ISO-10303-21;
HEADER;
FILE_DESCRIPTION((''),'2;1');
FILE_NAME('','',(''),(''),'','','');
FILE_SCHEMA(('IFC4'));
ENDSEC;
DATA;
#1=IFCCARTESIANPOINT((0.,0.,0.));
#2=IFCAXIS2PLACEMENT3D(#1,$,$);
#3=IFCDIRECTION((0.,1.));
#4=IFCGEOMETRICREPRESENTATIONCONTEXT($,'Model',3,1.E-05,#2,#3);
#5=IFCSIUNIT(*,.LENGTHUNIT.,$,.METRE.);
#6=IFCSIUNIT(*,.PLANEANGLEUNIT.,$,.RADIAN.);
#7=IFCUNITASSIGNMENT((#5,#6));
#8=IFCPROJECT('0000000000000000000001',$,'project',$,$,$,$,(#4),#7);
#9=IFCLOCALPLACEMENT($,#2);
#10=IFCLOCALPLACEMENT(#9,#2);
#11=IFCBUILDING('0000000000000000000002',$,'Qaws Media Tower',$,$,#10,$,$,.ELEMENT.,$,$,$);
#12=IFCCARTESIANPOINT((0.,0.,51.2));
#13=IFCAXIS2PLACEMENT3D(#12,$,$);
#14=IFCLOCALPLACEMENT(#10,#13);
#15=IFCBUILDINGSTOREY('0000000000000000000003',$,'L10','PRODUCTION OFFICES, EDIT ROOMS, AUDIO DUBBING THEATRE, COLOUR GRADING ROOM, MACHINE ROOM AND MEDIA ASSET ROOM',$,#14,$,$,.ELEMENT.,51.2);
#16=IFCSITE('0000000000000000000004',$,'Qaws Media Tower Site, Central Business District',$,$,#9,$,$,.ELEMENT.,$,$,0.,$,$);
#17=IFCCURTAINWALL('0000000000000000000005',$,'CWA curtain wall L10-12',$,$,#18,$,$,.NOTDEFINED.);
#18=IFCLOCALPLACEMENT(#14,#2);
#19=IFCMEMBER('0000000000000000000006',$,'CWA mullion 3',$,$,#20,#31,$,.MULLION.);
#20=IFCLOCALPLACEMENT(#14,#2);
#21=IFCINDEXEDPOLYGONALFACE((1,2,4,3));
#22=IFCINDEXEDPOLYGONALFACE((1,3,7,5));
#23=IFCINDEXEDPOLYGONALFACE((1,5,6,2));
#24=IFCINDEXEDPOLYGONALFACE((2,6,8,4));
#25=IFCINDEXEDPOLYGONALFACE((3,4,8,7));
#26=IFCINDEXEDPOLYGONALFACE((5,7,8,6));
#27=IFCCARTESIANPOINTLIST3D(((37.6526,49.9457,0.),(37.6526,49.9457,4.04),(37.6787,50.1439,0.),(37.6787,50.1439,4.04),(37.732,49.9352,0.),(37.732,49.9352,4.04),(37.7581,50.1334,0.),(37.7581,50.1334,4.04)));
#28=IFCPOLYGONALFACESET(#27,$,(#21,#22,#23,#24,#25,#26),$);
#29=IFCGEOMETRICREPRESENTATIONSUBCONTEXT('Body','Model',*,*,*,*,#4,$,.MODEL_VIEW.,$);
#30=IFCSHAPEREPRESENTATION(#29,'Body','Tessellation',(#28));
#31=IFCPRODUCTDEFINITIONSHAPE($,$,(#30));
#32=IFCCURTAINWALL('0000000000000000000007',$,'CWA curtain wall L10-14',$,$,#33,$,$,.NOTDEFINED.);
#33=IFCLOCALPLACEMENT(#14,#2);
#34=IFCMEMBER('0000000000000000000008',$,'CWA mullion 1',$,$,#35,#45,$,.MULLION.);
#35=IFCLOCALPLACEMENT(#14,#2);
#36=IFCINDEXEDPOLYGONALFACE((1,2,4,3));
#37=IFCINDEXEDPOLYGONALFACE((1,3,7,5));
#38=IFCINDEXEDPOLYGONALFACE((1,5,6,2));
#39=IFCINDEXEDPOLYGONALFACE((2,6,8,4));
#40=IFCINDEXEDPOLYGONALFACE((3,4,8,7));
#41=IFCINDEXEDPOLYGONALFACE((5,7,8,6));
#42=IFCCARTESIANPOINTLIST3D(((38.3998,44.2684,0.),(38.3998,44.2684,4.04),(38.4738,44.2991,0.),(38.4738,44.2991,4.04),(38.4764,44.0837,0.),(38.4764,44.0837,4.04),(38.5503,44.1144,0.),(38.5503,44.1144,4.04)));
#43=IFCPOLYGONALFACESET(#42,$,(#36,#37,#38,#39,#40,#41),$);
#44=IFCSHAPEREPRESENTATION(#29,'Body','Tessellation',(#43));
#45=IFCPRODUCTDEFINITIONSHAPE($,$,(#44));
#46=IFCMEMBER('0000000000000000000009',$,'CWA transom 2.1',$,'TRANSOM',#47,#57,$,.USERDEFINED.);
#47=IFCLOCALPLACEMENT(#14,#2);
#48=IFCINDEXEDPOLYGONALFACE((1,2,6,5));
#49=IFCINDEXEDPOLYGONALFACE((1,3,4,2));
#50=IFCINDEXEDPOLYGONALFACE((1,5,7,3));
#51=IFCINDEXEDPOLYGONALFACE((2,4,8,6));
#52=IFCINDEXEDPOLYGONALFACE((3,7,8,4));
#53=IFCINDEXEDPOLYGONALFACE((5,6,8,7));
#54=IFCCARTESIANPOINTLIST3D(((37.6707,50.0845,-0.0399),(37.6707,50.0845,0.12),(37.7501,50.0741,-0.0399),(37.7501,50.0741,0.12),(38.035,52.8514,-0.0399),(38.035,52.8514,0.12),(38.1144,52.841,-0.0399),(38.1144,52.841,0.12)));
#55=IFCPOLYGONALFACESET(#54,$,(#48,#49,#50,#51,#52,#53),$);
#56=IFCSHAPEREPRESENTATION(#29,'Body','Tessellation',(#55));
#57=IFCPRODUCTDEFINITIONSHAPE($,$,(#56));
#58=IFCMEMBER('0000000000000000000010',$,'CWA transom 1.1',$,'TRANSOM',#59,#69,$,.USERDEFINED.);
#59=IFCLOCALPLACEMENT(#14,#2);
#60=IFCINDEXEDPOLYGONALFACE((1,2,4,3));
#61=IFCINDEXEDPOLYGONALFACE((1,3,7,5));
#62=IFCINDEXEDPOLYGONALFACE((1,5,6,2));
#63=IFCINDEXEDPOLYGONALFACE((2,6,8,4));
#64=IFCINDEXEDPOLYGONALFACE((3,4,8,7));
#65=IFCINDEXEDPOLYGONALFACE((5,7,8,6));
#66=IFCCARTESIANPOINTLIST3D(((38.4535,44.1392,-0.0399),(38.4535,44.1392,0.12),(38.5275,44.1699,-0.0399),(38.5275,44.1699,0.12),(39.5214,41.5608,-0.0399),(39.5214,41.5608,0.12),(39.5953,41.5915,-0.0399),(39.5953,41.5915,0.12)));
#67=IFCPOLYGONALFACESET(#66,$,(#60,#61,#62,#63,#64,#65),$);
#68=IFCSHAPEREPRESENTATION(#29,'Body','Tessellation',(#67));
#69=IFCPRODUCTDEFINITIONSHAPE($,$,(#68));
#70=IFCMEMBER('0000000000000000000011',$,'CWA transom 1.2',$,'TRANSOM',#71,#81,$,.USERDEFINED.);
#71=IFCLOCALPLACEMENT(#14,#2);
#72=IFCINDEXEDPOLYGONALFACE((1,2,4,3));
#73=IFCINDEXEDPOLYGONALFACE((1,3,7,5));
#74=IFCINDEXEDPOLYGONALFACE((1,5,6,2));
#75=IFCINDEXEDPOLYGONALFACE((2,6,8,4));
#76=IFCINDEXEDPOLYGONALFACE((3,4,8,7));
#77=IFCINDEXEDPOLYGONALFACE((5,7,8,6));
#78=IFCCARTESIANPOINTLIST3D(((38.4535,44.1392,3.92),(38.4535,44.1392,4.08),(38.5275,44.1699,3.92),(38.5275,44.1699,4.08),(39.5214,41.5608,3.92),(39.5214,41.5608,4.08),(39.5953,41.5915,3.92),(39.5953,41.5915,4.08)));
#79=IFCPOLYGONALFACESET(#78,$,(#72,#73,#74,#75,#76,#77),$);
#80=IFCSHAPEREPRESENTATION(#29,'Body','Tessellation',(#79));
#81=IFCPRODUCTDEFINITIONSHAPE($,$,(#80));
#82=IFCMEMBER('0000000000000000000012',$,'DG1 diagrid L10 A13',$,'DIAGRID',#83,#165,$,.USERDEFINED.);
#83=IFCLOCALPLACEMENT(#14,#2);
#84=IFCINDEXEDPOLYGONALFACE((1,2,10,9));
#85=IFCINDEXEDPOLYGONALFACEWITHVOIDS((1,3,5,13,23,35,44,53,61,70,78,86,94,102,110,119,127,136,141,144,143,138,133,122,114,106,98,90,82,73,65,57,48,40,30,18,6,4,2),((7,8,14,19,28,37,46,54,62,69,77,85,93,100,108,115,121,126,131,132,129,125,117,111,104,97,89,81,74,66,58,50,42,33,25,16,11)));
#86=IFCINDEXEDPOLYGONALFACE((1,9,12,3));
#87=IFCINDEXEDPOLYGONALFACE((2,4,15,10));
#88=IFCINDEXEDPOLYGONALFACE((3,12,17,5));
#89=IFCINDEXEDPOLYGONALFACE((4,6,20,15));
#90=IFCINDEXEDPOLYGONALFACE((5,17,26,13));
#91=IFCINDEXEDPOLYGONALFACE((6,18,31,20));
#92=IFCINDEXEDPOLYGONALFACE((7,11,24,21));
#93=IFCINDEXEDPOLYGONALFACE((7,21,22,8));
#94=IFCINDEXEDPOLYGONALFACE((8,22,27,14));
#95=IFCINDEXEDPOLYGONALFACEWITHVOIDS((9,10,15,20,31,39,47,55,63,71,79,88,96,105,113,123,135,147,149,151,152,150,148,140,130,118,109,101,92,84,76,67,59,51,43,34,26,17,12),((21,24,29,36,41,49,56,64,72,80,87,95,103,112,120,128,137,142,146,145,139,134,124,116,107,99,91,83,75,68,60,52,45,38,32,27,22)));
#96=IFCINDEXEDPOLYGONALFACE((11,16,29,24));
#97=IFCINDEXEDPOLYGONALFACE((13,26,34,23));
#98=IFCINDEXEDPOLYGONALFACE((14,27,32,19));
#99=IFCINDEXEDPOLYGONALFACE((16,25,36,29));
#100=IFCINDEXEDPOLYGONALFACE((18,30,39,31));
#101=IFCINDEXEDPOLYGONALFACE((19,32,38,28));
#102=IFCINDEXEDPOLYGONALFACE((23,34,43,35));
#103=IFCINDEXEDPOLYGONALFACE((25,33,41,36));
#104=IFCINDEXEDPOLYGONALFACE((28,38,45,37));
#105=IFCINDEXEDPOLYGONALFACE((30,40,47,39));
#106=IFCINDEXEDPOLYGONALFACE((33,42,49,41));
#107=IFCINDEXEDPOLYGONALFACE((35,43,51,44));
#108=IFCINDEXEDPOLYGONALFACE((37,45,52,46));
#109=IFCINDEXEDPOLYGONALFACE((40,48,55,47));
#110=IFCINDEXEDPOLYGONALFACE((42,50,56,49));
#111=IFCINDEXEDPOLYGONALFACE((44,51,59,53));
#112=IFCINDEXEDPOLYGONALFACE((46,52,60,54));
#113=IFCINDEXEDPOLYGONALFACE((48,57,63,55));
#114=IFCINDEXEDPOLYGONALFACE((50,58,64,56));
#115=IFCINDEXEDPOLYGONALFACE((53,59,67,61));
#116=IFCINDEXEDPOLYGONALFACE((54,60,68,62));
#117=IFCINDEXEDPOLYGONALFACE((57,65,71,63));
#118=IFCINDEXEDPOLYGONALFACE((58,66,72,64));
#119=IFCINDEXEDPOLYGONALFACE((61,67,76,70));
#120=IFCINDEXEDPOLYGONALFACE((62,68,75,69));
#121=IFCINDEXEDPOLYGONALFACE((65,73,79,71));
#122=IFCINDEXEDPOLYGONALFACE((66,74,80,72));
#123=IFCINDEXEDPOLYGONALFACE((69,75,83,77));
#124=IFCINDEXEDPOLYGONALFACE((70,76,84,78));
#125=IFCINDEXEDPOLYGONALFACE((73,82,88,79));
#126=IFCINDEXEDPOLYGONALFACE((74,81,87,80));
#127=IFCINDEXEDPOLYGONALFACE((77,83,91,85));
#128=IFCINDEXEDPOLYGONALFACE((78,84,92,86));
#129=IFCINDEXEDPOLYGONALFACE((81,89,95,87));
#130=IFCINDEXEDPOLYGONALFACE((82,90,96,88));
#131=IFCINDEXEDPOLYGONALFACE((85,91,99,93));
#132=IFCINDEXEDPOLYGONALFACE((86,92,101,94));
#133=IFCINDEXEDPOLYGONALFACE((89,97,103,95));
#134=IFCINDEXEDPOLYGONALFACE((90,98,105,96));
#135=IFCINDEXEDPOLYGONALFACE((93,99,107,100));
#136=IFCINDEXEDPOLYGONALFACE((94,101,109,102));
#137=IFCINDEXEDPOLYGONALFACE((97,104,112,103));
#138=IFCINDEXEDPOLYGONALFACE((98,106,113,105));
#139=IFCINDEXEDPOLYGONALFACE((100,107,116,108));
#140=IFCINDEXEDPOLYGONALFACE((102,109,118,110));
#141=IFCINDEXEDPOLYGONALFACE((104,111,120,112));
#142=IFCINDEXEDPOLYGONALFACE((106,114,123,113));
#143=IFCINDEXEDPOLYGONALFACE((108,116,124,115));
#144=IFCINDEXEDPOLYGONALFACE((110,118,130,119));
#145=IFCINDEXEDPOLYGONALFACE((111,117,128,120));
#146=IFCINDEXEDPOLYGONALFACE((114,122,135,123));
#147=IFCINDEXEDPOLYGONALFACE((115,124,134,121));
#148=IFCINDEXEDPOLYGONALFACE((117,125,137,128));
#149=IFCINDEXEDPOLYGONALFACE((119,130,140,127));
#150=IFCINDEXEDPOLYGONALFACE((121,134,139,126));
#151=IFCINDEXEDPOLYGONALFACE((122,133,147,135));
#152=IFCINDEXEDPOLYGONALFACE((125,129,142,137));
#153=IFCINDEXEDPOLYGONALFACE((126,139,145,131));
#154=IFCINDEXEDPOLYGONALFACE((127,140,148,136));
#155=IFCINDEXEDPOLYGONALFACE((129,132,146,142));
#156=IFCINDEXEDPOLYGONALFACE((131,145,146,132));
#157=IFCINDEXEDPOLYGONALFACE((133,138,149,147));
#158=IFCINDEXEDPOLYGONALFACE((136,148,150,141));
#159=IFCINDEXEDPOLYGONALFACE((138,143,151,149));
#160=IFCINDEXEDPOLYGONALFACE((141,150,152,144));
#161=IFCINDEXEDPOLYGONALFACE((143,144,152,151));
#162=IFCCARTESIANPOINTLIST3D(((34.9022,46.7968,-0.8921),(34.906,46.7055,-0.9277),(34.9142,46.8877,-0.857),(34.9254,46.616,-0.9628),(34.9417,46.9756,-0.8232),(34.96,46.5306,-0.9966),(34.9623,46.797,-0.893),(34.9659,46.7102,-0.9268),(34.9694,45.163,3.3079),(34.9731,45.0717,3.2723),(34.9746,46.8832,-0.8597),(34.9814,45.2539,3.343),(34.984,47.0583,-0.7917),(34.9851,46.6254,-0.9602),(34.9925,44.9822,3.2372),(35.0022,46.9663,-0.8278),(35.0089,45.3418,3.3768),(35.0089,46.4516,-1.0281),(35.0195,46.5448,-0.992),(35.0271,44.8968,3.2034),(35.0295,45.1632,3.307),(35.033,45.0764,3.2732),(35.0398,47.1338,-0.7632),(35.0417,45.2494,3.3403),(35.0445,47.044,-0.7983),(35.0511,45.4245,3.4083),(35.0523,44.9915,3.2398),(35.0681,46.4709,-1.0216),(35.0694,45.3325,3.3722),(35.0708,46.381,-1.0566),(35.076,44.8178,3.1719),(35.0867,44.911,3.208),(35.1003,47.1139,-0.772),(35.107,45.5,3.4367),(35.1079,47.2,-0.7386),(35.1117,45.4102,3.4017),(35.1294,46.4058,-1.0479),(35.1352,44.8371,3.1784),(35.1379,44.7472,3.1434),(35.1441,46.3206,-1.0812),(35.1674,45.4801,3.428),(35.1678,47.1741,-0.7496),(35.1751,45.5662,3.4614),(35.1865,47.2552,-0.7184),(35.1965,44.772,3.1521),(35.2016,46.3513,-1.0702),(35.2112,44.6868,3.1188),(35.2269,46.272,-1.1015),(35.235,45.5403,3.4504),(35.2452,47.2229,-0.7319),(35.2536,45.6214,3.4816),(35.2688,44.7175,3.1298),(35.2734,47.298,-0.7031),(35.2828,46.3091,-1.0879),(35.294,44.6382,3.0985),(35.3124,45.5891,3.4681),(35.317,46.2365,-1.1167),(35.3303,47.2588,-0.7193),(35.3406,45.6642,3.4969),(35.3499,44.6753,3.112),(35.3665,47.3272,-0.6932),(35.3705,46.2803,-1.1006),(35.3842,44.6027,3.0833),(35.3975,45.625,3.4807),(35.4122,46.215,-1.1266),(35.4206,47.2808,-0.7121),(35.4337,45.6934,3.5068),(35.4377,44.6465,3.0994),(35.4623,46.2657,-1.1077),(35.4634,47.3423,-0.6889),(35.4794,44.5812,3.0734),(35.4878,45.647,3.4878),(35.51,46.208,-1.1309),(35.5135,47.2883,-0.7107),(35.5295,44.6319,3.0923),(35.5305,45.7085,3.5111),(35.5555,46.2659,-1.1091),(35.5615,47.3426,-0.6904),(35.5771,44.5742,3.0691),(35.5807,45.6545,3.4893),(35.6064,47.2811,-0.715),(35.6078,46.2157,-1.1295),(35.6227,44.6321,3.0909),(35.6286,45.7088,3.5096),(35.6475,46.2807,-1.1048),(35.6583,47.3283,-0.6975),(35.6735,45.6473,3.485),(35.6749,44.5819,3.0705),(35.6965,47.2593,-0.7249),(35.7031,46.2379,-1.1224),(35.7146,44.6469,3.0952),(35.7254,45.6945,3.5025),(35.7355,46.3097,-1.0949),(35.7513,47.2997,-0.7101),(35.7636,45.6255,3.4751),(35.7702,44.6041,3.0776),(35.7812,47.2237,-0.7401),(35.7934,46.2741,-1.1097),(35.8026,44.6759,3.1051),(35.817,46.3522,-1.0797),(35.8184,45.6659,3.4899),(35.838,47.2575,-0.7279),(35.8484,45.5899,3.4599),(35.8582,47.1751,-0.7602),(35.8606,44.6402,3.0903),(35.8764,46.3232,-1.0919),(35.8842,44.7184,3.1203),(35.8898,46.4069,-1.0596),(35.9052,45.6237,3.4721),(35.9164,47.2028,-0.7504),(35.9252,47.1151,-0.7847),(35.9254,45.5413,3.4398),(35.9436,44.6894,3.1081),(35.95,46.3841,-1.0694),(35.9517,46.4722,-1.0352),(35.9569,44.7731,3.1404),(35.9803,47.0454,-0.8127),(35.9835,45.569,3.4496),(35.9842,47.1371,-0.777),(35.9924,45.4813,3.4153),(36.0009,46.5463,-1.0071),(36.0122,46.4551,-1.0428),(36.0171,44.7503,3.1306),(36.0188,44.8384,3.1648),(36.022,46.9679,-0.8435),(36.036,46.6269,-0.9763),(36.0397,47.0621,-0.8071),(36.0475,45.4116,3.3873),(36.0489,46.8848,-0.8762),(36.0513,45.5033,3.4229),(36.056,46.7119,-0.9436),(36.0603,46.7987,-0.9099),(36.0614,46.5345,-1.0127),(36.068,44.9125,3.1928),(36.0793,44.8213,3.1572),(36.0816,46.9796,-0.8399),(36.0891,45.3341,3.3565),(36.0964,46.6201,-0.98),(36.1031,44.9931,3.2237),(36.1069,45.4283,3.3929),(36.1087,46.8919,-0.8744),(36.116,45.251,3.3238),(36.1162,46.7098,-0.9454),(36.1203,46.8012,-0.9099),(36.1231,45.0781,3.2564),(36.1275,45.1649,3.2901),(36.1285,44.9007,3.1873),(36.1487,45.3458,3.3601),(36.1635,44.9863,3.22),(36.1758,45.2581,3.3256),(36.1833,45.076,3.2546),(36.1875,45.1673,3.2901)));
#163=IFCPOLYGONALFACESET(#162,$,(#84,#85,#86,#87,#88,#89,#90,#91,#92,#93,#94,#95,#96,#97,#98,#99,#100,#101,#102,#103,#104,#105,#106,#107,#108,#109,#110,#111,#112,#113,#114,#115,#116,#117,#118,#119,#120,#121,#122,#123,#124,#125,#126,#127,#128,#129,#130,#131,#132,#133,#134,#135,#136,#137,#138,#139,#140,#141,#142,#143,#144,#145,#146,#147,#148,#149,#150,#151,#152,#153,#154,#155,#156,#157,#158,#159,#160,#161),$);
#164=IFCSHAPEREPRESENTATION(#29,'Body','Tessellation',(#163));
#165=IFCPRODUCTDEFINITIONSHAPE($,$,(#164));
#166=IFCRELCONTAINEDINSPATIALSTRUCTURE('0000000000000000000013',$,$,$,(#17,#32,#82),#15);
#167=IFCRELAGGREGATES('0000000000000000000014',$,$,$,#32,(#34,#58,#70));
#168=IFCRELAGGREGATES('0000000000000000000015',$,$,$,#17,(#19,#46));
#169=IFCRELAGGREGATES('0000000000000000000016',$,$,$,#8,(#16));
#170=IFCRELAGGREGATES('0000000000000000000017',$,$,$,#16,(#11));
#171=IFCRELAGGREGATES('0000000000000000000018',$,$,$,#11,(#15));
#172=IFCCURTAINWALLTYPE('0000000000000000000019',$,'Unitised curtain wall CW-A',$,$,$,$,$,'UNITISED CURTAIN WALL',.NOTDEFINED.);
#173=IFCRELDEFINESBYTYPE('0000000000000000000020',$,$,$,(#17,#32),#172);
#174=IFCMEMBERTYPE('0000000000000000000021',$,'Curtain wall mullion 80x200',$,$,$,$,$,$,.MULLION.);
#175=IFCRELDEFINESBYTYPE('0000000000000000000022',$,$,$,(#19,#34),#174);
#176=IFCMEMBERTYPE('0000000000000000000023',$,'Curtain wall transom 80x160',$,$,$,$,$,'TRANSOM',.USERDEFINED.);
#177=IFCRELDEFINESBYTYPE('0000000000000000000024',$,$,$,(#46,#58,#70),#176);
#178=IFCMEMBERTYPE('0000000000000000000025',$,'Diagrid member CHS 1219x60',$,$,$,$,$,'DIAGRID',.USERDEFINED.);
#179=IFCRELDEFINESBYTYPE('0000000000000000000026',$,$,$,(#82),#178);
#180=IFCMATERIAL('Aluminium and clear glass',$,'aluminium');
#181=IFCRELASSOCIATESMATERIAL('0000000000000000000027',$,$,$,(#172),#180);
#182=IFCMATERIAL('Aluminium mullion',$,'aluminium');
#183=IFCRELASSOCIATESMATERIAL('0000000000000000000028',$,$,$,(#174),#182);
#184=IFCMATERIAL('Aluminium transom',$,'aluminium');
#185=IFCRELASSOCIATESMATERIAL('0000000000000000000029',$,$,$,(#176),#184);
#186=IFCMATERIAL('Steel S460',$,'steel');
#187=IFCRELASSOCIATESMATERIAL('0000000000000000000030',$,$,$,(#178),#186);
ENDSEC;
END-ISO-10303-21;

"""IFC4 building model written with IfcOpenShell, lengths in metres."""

from ifc_helpers import new_model, si_unit, direction, frame, origin, origin_2d, place, context, subcontext, project, spatial, rectangle, hollow_circle, extrude, material, material_profile, profile_set, type_object, element, aggregate, save


model = new_model("IFC4")

# Units and contexts
model_context = context("Model", 3, precision=1e-05, world=origin(), true_north=direction((0.0, 1.0)))
body_context = subcontext(model_context, "Body", "Model", "MODEL_VIEW")
ifc_project = project(units=[si_unit("LENGTHUNIT", "METRE"), si_unit("PLANEANGLEUNIT", "RADIAN")], contexts=[model_context])

# Site, building, storey
site_placement = place(None, origin())
site = spatial("IfcSite", under=ifc_project, at=site_placement, Name="Qaws Media Tower Site, Central Business District", CompositionType="ELEMENT", RefElevation=0.0)
building_placement = place(site_placement, origin())
building = spatial("IfcBuilding", under=site, at=building_placement, Name="Qaws Media Tower", CompositionType="ELEMENT")
storey_placement = place(building_placement, frame((0.0, 0.0, 51.2)))
storey = spatial("IfcBuildingStorey", under=building, at=storey_placement, Name="L10", Description="PRODUCTION OFFICES, EDIT ROOMS, AUDIO DUBBING THEATRE, COLOUR GRADING ROOM, MACHINE ROOM AND MEDIA ASSET ROOM", CompositionType="ELEMENT", Elevation=51.2)

# Curtain walls, members
ifc_material_1 = material(Name="Aluminium and clear glass", Category="aluminium")
curtain_wall_type = type_object("IfcCurtainWallType", Name="Unitised curtain wall CW-A", ElementType="UNITISED CURTAIN WALL", PredefinedType="NOTDEFINED", material=ifc_material_1)
curtain_wall_1_placement = place(storey_placement, origin())
curtain_wall_1 = element("IfcCurtainWall", 1, at=curtain_wall_1_placement, inside=storey, type_object=curtain_wall_type, Name="CWA curtain wall L10-12", PredefinedType="NOTDEFINED")
ifc_material_2 = material(Name="Aluminium mullion", Category="aluminium")
ifc_material_profile_1 = material_profile(ifc_material_2, rectangle(XDim=0.0801, YDim=0.2, at=origin_2d()), Name="80x200")
ifc_profile_set_1 = profile_set([ifc_material_profile_1], Name="Aluminium mullion")
member_type_1 = type_object("IfcMemberType", Name="Curtain wall mullion 80x200", PredefinedType="MULLION", material=ifc_profile_set_1)
member_1_placement = place(storey_placement, frame((37.7053, 50.0396, 0.0), z_axis=(0.0, 0.0, 1.0), x_axis=(0.991445, -0.130526, 0.0)))
member_1 = element("IfcMember", 2, at=member_1_placement, type_object=member_type_1, Name="CWA mullion 3", PredefinedType="MULLION", context=body_context, shape_type="SweptSolid", body=[
    extrude(rectangle(XDim=0.0801, YDim=0.2, at=origin_2d()), origin(), (0.0, 0.0, 1.0), 4.04),
])
curtain_wall_2_placement = place(storey_placement, origin())
curtain_wall_2 = element("IfcCurtainWall", 3, at=curtain_wall_2_placement, inside=storey, type_object=curtain_wall_type, Name="CWA curtain wall L10-14", PredefinedType="NOTDEFINED")
member_2_placement = place(storey_placement, frame((38.4751, 44.1914, 0.0), z_axis=(0.0, 0.0, 1.0), x_axis=(0.92388, 0.382683, 0.0)))
member_2 = element("IfcMember", 4, at=member_2_placement, type_object=member_type_1, Name="CWA mullion 1", PredefinedType="MULLION", context=body_context, shape_type="SweptSolid", body=[
    extrude(rectangle(XDim=0.0801, YDim=0.2, at=origin_2d()), origin(), (0.0, 0.0, 1.0), 4.04),
])

# Members
ifc_material_3 = material(Name="Aluminium transom", Category="aluminium")
ifc_material_profile_2 = material_profile(ifc_material_3, rectangle(XDim=0.0801, YDim=0.1599, at=origin_2d()), Name="80x160")
ifc_profile_set_2 = profile_set([ifc_material_profile_2], Name="Aluminium transom")
member_type_2 = type_object("IfcMemberType", Name="Curtain wall transom 80x160", ElementType="TRANSOM", PredefinedType="USERDEFINED", material=ifc_profile_set_2)
member_3_placement = place(storey_placement, frame((38.0747, 52.8462, 0.04), z_axis=(-0.130525, -0.991445, 0.0), x_axis=(0.991445, -0.130525, 0.0)))
member_3 = element("IfcMember", 5, at=member_3_placement, type_object=member_type_2, Name="CWA transom 2.1", ObjectType="TRANSOM", PredefinedType="USERDEFINED", context=body_context, shape_type="SweptSolid", body=[
    extrude(rectangle(XDim=0.0801, YDim=0.1599, at=origin_2d()), origin(), (0.0, 0.0, 1.0), 2.7908),
])
member_4_placement = place(storey_placement, frame((38.4905, 44.1545, 0.04), z_axis=(0.382645, -0.923895, 0.0), x_axis=(0.923895, 0.382645, 0.0)))
member_4 = element("IfcMember", 6, at=member_4_placement, type_object=member_type_2, Name="CWA transom 1.1", ObjectType="TRANSOM", PredefinedType="USERDEFINED", context=body_context, shape_type="SweptSolid", body=[
    extrude(rectangle(XDim=0.0801, YDim=0.1599, at=origin_2d()), origin(), (0.0, 0.0, 1.0), 2.7908),
])
member_5_placement = place(storey_placement, frame((38.4905, 44.1545, 4.0), z_axis=(0.382645, -0.923895, 0.0), x_axis=(0.923895, 0.382645, 0.0)))
member_5 = element("IfcMember", 7, at=member_5_placement, type_object=member_type_2, Name="CWA transom 1.2", ObjectType="TRANSOM", PredefinedType="USERDEFINED", context=body_context, shape_type="SweptSolid", body=[
    extrude(rectangle(XDim=0.0801, YDim=0.1599, at=origin_2d()), origin(), (0.0, 0.0, 1.0), 2.7908),
])
aggregate(curtain_wall_2, [member_2, member_4, member_5])

# Member
ifc_material_4 = material(Name="Steel S460", Category="steel")
ifc_material_profile_3 = material_profile(ifc_material_4, hollow_circle(Radius=0.6096, WallThickness=0.0601, at=origin_2d()), Name="CHS 1219x60")
ifc_profile_set_3 = profile_set([ifc_material_profile_3], Name="Steel S460")
member_type_3 = type_object("IfcMemberType", Name="Diagrid member CHS 1219x60", ElementType="DIAGRID", PredefinedType="USERDEFINED", material=ifc_profile_set_3)
for number, where, z_axis, x_axis, name in (
    (8, (35.5112, 46.7761, -0.9099), (0.014896, -0.362498, 0.931866), (0.999157, 0.041059, 0.0), "DG1 diagrid L10 A13"),
):
    element("IfcMember", number, at=place(storey_placement, frame(where, z_axis=z_axis, x_axis=x_axis)), inside=storey, type_object=member_type_3, Name=name, ObjectType="DIAGRID", PredefinedType="USERDEFINED", context=body_context, shape_type="SweptSolid", body=[
        extrude(hollow_circle(Radius=0.6096, WallThickness=0.0601, at=origin_2d()), origin(), (0.0, 0.0, 1.0), 4.5071),
    ])

aggregate(curtain_wall_1, [member_1, member_3])

save(model, "model.ifc")
